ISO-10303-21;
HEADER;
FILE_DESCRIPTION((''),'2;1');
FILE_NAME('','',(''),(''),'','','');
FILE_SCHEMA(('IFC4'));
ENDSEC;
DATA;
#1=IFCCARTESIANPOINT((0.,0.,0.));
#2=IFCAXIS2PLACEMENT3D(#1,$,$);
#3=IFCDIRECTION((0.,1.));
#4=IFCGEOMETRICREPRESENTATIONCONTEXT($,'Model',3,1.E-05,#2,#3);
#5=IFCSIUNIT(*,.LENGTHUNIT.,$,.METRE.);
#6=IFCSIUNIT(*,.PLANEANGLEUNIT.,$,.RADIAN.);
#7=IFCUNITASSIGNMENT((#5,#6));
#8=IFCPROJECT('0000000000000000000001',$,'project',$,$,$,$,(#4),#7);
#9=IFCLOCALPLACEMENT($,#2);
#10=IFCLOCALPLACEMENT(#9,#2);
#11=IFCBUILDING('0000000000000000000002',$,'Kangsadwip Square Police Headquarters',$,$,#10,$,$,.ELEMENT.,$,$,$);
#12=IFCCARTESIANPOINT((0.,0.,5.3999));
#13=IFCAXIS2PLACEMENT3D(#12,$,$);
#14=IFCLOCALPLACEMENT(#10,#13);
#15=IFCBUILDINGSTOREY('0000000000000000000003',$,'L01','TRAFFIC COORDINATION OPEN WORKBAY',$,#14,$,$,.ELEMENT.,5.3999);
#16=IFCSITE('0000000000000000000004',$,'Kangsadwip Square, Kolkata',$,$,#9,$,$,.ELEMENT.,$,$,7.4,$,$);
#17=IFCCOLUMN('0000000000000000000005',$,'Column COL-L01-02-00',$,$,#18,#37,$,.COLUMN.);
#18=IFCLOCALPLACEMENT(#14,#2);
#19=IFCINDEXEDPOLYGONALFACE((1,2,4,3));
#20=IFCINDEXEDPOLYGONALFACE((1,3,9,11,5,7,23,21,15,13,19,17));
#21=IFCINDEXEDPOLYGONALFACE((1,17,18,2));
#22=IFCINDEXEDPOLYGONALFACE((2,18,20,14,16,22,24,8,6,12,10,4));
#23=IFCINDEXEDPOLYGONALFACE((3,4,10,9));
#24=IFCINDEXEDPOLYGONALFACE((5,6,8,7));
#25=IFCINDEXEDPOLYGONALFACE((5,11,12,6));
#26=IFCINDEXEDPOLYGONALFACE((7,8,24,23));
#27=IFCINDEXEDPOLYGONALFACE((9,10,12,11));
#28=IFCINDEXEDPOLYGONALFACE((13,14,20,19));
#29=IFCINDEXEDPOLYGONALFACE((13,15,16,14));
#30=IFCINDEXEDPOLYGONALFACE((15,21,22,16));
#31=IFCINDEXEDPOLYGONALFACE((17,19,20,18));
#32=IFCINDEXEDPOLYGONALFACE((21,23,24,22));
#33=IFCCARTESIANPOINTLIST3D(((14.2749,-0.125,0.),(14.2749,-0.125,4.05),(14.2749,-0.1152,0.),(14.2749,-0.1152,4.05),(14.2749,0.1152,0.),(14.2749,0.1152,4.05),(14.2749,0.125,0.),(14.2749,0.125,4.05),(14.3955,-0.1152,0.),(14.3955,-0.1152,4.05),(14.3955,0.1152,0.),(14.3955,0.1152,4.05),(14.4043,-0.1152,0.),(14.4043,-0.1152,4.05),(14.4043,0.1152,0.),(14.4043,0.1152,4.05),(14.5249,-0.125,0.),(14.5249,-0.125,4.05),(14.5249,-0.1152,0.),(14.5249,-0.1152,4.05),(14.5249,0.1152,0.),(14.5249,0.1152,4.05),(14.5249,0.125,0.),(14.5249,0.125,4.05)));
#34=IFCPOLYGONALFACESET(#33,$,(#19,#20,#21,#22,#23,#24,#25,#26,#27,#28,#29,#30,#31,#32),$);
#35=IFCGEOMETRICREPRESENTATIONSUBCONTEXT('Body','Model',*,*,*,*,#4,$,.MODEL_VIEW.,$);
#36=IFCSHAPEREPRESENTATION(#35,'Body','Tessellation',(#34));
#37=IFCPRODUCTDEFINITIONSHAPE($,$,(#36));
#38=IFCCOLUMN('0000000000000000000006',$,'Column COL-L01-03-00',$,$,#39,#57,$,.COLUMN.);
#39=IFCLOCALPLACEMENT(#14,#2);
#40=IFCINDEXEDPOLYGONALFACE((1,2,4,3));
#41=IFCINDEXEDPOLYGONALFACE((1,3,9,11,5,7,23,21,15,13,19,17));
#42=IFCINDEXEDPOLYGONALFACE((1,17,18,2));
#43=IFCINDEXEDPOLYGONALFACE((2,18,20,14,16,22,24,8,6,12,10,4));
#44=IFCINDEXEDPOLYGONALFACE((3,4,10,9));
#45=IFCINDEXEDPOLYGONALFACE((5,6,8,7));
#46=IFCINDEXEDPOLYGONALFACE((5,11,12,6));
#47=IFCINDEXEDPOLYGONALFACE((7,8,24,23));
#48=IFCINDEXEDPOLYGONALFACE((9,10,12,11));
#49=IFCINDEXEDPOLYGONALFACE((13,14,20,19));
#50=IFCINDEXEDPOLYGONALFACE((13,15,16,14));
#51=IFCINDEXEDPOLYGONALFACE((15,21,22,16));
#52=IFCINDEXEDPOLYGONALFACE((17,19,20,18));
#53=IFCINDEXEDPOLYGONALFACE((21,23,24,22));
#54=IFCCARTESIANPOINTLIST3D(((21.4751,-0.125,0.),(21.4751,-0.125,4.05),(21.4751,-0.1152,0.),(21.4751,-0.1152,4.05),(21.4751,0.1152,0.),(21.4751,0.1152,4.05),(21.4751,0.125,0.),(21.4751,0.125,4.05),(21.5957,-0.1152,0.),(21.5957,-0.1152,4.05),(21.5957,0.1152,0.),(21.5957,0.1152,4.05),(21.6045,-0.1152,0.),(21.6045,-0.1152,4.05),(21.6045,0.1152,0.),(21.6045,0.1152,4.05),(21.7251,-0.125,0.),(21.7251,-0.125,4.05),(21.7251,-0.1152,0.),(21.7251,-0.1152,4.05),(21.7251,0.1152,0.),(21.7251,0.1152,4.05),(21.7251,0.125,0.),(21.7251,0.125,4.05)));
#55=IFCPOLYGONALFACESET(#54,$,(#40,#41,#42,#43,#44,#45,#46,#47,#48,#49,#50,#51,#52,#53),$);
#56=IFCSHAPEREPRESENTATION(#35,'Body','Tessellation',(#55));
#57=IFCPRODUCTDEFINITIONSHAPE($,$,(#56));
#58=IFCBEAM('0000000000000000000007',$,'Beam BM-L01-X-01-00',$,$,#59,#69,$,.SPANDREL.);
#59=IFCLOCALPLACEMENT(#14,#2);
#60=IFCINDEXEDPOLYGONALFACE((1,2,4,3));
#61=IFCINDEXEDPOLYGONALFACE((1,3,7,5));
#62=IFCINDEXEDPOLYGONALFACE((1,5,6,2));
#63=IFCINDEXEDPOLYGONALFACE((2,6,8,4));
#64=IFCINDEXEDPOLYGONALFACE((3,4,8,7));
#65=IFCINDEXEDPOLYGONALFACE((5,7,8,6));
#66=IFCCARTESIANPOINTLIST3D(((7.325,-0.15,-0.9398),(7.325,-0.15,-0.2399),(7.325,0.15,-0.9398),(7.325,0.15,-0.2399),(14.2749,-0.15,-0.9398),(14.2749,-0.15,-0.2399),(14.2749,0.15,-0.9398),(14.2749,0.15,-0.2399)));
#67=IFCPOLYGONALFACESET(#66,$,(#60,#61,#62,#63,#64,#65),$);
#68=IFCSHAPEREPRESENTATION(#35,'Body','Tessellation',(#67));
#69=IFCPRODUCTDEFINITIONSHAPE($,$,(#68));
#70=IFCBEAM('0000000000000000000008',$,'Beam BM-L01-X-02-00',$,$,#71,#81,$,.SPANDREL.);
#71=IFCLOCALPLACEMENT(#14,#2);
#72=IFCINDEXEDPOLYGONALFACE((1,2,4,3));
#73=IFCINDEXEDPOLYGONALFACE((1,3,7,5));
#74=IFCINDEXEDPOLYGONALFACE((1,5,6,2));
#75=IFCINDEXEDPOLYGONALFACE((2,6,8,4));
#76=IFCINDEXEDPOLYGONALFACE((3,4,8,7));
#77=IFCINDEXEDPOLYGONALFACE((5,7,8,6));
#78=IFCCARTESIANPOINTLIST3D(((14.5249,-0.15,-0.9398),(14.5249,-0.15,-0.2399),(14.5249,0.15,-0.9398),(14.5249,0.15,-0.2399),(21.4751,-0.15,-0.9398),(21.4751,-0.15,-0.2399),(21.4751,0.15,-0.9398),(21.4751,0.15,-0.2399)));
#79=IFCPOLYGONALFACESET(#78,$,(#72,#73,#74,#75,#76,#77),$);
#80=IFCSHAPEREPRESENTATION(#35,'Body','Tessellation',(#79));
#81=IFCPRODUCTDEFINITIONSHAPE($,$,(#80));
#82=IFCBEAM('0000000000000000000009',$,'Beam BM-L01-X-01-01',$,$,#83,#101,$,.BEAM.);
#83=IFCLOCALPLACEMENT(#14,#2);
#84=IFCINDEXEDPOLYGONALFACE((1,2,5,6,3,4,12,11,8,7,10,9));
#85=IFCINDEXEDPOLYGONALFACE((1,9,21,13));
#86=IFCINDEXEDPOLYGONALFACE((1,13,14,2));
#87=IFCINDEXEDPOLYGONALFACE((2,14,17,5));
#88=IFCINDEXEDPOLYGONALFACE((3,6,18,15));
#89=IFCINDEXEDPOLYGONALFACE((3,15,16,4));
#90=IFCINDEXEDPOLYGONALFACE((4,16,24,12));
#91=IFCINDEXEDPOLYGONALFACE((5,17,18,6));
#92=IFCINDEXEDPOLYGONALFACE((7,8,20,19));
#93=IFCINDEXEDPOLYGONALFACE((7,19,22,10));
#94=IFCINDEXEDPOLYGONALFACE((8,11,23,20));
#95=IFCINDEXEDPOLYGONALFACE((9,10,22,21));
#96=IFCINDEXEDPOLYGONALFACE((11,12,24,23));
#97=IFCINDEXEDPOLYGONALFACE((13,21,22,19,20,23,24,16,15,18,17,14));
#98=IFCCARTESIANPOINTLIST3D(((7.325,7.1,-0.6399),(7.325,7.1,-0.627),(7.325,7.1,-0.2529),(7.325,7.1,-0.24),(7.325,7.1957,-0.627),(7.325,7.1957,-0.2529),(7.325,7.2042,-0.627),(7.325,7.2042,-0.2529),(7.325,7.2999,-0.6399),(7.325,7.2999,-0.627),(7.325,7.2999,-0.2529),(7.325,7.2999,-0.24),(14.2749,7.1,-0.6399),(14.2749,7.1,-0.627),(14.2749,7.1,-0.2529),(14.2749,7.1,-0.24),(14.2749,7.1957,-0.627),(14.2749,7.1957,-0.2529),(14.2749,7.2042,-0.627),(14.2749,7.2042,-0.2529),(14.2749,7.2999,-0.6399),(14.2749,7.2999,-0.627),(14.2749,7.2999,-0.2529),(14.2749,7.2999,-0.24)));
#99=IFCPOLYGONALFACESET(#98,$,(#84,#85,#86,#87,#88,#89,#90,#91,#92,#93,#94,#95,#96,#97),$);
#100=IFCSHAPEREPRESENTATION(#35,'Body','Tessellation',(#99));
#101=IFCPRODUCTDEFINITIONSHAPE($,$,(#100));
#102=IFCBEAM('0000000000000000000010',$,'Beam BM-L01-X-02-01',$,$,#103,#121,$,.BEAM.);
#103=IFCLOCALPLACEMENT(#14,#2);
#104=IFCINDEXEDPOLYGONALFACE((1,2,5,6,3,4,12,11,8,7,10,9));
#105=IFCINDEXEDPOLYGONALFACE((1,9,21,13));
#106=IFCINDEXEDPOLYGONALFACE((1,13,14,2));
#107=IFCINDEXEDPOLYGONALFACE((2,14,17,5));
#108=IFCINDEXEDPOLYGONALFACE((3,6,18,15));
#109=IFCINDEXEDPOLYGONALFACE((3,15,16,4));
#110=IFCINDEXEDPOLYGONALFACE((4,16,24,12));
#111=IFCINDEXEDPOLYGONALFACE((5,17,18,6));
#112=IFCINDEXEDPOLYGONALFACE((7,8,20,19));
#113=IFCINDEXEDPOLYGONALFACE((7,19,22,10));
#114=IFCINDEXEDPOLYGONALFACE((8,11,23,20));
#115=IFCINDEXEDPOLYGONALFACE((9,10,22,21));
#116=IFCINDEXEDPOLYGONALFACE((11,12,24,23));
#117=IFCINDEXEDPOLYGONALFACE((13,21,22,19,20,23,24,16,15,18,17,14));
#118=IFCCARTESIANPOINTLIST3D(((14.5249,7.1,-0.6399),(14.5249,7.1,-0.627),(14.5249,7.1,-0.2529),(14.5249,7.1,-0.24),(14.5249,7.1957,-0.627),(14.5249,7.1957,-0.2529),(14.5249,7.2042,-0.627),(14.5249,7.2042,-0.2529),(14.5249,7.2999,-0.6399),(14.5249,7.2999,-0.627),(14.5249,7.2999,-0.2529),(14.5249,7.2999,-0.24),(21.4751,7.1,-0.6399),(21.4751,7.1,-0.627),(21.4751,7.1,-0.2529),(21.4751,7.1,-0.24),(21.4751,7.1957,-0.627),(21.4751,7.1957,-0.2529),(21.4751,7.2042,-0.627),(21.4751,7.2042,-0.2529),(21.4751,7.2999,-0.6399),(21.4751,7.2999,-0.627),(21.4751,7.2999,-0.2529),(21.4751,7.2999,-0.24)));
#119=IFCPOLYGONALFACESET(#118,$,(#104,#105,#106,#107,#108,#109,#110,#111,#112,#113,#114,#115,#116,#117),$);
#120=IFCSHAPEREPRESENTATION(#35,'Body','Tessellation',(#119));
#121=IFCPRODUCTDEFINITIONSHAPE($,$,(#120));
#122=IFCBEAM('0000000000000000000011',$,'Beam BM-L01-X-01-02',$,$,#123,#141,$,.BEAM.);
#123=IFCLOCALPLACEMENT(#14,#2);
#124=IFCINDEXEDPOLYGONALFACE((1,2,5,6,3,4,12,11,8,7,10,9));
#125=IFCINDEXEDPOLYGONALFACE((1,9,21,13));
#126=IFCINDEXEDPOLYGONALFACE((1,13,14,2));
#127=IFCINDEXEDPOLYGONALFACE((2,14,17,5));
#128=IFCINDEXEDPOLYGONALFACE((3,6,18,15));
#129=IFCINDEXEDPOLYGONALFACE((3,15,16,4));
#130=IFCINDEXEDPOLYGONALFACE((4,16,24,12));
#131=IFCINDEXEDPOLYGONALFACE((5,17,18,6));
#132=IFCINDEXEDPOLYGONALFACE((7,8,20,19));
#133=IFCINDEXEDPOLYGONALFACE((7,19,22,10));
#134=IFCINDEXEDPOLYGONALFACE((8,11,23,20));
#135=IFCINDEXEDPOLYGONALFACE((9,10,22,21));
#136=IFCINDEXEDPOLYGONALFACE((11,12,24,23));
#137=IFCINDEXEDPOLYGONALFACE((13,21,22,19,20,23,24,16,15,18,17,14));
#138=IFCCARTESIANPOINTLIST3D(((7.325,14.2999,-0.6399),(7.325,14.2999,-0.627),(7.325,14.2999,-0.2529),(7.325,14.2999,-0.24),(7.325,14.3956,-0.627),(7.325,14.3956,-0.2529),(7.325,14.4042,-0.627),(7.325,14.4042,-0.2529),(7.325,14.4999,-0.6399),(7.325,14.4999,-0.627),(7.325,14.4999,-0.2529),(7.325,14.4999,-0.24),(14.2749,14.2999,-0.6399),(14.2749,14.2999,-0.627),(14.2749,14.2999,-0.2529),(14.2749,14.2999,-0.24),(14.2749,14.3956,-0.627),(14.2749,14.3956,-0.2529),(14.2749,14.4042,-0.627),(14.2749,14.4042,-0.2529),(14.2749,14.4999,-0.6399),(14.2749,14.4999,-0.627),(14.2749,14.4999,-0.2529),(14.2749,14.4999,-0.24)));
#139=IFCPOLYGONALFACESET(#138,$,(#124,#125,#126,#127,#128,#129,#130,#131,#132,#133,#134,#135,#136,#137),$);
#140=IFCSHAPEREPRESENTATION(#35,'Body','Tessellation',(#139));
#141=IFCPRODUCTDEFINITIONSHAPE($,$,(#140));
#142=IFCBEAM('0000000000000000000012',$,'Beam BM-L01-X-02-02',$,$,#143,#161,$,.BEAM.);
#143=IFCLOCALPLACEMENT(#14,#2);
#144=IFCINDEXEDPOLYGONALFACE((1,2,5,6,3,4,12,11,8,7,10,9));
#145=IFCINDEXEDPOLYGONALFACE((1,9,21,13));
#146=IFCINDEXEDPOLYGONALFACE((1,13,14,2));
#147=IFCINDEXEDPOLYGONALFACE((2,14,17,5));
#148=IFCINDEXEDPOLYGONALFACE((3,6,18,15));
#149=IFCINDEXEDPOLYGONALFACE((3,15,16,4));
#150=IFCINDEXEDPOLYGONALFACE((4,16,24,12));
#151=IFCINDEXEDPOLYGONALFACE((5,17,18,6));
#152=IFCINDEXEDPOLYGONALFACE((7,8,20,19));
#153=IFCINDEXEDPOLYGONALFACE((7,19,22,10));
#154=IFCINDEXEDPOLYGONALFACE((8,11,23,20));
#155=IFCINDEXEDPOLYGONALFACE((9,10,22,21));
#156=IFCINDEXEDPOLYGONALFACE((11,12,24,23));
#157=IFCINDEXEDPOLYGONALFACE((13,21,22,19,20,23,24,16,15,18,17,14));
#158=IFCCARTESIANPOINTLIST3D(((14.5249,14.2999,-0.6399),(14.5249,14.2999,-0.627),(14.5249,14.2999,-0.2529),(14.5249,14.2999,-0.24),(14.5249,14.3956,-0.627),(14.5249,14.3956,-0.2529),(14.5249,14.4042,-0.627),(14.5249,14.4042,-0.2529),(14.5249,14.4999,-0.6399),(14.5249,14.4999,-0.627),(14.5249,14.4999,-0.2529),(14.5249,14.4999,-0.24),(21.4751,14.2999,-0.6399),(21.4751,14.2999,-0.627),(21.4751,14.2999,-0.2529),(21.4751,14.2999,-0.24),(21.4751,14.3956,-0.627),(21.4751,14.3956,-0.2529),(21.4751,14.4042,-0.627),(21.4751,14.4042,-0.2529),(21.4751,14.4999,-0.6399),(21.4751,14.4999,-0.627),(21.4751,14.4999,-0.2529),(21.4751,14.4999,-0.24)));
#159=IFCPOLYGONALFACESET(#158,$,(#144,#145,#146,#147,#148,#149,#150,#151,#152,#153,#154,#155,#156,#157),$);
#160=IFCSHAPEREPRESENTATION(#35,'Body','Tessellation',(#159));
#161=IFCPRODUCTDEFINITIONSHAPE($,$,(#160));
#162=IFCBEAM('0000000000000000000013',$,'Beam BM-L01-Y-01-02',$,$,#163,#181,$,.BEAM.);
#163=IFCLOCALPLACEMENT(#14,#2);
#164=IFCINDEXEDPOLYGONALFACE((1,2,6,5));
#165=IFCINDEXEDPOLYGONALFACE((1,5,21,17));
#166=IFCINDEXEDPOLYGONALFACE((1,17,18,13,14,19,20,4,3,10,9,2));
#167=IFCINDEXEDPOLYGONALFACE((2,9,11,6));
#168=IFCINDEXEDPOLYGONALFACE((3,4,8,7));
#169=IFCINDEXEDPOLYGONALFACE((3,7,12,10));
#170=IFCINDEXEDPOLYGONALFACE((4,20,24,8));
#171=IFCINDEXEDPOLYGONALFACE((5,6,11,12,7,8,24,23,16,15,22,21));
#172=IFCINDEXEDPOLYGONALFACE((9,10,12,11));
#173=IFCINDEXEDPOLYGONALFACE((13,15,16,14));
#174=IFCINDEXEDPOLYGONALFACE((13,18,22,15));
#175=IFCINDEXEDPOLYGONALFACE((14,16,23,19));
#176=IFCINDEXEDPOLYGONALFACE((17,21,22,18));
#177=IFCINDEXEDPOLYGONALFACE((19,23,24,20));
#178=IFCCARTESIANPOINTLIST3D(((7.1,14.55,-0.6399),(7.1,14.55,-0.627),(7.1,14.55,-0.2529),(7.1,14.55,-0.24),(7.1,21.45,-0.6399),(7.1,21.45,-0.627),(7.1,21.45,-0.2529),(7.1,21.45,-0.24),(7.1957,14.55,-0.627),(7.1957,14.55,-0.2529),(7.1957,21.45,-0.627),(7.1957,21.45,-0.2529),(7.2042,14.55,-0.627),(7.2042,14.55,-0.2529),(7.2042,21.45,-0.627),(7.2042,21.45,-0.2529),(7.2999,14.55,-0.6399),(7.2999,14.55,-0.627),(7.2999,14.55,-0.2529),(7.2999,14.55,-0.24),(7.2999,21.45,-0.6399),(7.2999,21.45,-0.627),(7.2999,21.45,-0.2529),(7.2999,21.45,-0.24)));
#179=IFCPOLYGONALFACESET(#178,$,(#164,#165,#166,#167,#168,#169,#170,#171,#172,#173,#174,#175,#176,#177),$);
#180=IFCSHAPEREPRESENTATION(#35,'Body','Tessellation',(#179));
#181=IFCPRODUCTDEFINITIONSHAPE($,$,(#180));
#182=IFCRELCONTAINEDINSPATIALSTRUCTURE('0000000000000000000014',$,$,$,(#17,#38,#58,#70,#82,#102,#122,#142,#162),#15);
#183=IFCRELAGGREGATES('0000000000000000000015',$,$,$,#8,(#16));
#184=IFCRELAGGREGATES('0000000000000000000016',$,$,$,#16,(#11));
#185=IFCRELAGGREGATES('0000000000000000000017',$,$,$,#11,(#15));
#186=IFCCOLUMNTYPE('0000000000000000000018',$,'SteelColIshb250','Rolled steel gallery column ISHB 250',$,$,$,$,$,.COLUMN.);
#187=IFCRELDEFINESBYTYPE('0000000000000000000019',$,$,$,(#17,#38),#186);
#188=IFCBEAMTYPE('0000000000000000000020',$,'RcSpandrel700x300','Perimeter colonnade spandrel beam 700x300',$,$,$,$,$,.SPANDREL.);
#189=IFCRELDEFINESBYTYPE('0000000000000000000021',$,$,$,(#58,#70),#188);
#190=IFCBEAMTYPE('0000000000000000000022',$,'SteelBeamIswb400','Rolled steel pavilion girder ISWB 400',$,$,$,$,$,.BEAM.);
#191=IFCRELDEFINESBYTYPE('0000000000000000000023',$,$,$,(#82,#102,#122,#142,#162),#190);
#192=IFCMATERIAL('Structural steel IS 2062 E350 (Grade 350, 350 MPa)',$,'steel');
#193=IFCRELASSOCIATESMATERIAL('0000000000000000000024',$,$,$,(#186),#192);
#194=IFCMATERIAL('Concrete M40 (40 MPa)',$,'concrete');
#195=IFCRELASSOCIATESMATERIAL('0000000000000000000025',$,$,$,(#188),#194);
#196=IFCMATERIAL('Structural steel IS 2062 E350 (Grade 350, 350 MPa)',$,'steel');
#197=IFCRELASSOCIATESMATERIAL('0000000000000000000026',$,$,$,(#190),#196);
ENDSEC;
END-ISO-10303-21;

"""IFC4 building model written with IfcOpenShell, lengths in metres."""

from ifc_helpers import new_model, si_unit, direction, frame, origin, origin_2d, place, context, subcontext, project, spatial, rectangle, i_section, extrude, material, material_profile, profile_set, type_object, element, save


model = new_model("IFC4")

# Units and contexts
model_context = context("Model", 3, precision=1e-05, world=origin(), true_north=direction((0.0, 1.0)))
body_context = subcontext(model_context, "Body", "Model", "MODEL_VIEW")
ifc_project = project(units=[si_unit("LENGTHUNIT", "METRE"), si_unit("PLANEANGLEUNIT", "RADIAN")], contexts=[model_context])

# Site, building, storey
site_placement = place(None, origin())
site = spatial("IfcSite", under=ifc_project, at=site_placement, Name="Kangsadwip Square, Kolkata", CompositionType="ELEMENT", RefElevation=7.4)
building_placement = place(site_placement, origin())
building = spatial("IfcBuilding", under=site, at=building_placement, Name="Kangsadwip Square Police Headquarters", CompositionType="ELEMENT")
storey_placement = place(building_placement, frame((0.0, 0.0, 5.3999)))
storey = spatial("IfcBuildingStorey", under=building, at=storey_placement, Name="L01", Description="TRAFFIC COORDINATION OPEN WORKBAY", CompositionType="ELEMENT", Elevation=5.3999)

# Columns
ifc_material_1 = material(Name="Structural steel IS 2062 E350 (Grade 350, 350 MPa)", Category="steel")
ifc_material_profile_1 = material_profile(ifc_material_1, i_section(OverallWidth=0.25, OverallDepth=0.25, WebThickness=0.0088, FlangeThickness=0.0098, at=origin_2d()), Name="ISHB 250")
ifc_profile_set_1 = profile_set([ifc_material_profile_1], Name="Structural steel IS 2062 E350 (Grade 350, 350 MPa)")
column_type = type_object("IfcColumnType", Name="SteelColIshb250", Description="Rolled steel gallery column ISHB 250", PredefinedType="COLUMN", material=ifc_profile_set_1)
for number, where, z_axis, x_axis, name in (
    (1, (14.3999, 0.0, 0.0), (0.0, 0.0, 1.0), (1.0, 0.0, 0.0), "Column COL-L01-02-00"),
    (2, (21.6001, 0.0, 0.0), (0.0, 0.0, 1.0), (1.0, 0.0, 0.0), "Column COL-L01-03-00"),
):
    element("IfcColumn", number, at=place(storey_placement, frame(where, z_axis=z_axis, x_axis=x_axis)), inside=storey, type_object=column_type, Name=name, PredefinedType="COLUMN", context=body_context, shape_type="SweptSolid", body=[
        extrude(i_section(OverallWidth=0.25, OverallDepth=0.25, WebThickness=0.0088, FlangeThickness=0.0098, at=origin_2d()), origin(), (0.0, 0.0, 1.0), 4.05),
    ])

# Beams
ifc_material_2 = material(Name="Concrete M40 (40 MPa)", Category="concrete")
ifc_material_profile_2 = material_profile(ifc_material_2, rectangle(XDim=0.3, YDim=0.7, at=origin_2d()), Name="RC SPN 700X300")
ifc_profile_set_2 = profile_set([ifc_material_profile_2], Name="Concrete M40 (40 MPa)")
beam_type_1 = type_object("IfcBeamType", Name="RcSpandrel700x300", Description="Perimeter colonnade spandrel beam 700x300", PredefinedType="SPANDREL", material=ifc_profile_set_2)
beam_1_placement = place(storey_placement, frame((7.325, 0.0, -0.5898), z_axis=(1.0, 0.0, 0.0), x_axis=(0.0, 1.0, 0.0)))
element("IfcBeam", 3, at=beam_1_placement, inside=storey, type_object=beam_type_1, Name="Beam BM-L01-X-01-00", PredefinedType="SPANDREL", context=body_context, shape_type="SweptSolid", body=[
    extrude(rectangle(XDim=0.3, YDim=0.7, at=origin_2d()), origin(), (0.0, 0.0, 1.0), 6.95),
])
beam_2_placement = place(storey_placement, frame((14.5249, 0.0, -0.5898), z_axis=(1.0, 0.0, 0.0), x_axis=(0.0, 1.0, 0.0)))
element("IfcBeam", 4, at=beam_2_placement, inside=storey, type_object=beam_type_1, Name="Beam BM-L01-X-02-00", PredefinedType="SPANDREL", context=body_context, shape_type="SweptSolid", body=[
    extrude(rectangle(XDim=0.3, YDim=0.7, at=origin_2d()), origin(), (0.0, 0.0, 1.0), 6.9502),
])
ifc_material_3 = material(Name="Structural steel IS 2062 E350 (Grade 350, 350 MPa)", Category="steel")
ifc_material_profile_3 = material_profile(ifc_material_3, i_section(OverallWidth=0.2, OverallDepth=0.3999, WebThickness=0.0085, FlangeThickness=0.0129, at=origin_2d()), Name="ISWB 400")
ifc_profile_set_3 = profile_set([ifc_material_profile_3], Name="Structural steel IS 2062 E350 (Grade 350, 350 MPa)")
beam_type_2 = type_object("IfcBeamType", Name="SteelBeamIswb400", Description="Rolled steel pavilion girder ISWB 400", PredefinedType="BEAM", material=ifc_profile_set_3)
beam_3_placement = place(storey_placement, frame((7.325, 7.2, -0.4399), z_axis=(1.0, 0.0, 0.0), x_axis=(0.0, 1.0, 0.0)))
element("IfcBeam", 5, at=beam_3_placement, inside=storey, type_object=beam_type_2, Name="Beam BM-L01-X-01-01", PredefinedType="BEAM", context=body_context, shape_type="SweptSolid", body=[
    extrude(i_section(OverallWidth=0.2, OverallDepth=0.3999, WebThickness=0.0085, FlangeThickness=0.0129, at=origin_2d()), origin(), (0.0, 0.0, 1.0), 6.95),
])
beam_4_placement = place(storey_placement, frame((14.5249, 7.2, -0.4399), z_axis=(1.0, 0.0, 0.0), x_axis=(0.0, 1.0, 0.0)))
element("IfcBeam", 6, at=beam_4_placement, inside=storey, type_object=beam_type_2, Name="Beam BM-L01-X-02-01", PredefinedType="BEAM", context=body_context, shape_type="SweptSolid", body=[
    extrude(i_section(OverallWidth=0.2, OverallDepth=0.3999, WebThickness=0.0085, FlangeThickness=0.0129, at=origin_2d()), origin(), (0.0, 0.0, 1.0), 6.9502),
])
beam_5_placement = place(storey_placement, frame((7.325, 14.3999, -0.4399), z_axis=(1.0, 0.0, 0.0), x_axis=(0.0, 1.0, 0.0)))
element("IfcBeam", 7, at=beam_5_placement, inside=storey, type_object=beam_type_2, Name="Beam BM-L01-X-01-02", PredefinedType="BEAM", context=body_context, shape_type="SweptSolid", body=[
    extrude(i_section(OverallWidth=0.2, OverallDepth=0.3999, WebThickness=0.0085, FlangeThickness=0.0129, at=origin_2d()), origin(), (0.0, 0.0, 1.0), 6.95),
])
beam_6_placement = place(storey_placement, frame((14.5249, 14.3999, -0.4399), z_axis=(1.0, 0.0, 0.0), x_axis=(0.0, 1.0, 0.0)))
element("IfcBeam", 8, at=beam_6_placement, inside=storey, type_object=beam_type_2, Name="Beam BM-L01-X-02-02", PredefinedType="BEAM", context=body_context, shape_type="SweptSolid", body=[
    extrude(i_section(OverallWidth=0.2, OverallDepth=0.3999, WebThickness=0.0085, FlangeThickness=0.0129, at=origin_2d()), origin(), (0.0, 0.0, 1.0), 6.9502),
])
beam_7_placement = place(storey_placement, frame((7.2, 14.55, -0.4399), z_axis=(0.0, 1.0, 0.0), x_axis=(-1.0, 0.0, 0.0)))
element("IfcBeam", 9, at=beam_7_placement, inside=storey, type_object=beam_type_2, Name="Beam BM-L01-Y-01-02", PredefinedType="BEAM", context=body_context, shape_type="SweptSolid", body=[
    extrude(i_section(OverallWidth=0.2, OverallDepth=0.3999, WebThickness=0.0085, FlangeThickness=0.0129, at=origin_2d()), origin(), (0.0, 0.0, 1.0), 6.8999),
])

save(model, "model.ifc")
